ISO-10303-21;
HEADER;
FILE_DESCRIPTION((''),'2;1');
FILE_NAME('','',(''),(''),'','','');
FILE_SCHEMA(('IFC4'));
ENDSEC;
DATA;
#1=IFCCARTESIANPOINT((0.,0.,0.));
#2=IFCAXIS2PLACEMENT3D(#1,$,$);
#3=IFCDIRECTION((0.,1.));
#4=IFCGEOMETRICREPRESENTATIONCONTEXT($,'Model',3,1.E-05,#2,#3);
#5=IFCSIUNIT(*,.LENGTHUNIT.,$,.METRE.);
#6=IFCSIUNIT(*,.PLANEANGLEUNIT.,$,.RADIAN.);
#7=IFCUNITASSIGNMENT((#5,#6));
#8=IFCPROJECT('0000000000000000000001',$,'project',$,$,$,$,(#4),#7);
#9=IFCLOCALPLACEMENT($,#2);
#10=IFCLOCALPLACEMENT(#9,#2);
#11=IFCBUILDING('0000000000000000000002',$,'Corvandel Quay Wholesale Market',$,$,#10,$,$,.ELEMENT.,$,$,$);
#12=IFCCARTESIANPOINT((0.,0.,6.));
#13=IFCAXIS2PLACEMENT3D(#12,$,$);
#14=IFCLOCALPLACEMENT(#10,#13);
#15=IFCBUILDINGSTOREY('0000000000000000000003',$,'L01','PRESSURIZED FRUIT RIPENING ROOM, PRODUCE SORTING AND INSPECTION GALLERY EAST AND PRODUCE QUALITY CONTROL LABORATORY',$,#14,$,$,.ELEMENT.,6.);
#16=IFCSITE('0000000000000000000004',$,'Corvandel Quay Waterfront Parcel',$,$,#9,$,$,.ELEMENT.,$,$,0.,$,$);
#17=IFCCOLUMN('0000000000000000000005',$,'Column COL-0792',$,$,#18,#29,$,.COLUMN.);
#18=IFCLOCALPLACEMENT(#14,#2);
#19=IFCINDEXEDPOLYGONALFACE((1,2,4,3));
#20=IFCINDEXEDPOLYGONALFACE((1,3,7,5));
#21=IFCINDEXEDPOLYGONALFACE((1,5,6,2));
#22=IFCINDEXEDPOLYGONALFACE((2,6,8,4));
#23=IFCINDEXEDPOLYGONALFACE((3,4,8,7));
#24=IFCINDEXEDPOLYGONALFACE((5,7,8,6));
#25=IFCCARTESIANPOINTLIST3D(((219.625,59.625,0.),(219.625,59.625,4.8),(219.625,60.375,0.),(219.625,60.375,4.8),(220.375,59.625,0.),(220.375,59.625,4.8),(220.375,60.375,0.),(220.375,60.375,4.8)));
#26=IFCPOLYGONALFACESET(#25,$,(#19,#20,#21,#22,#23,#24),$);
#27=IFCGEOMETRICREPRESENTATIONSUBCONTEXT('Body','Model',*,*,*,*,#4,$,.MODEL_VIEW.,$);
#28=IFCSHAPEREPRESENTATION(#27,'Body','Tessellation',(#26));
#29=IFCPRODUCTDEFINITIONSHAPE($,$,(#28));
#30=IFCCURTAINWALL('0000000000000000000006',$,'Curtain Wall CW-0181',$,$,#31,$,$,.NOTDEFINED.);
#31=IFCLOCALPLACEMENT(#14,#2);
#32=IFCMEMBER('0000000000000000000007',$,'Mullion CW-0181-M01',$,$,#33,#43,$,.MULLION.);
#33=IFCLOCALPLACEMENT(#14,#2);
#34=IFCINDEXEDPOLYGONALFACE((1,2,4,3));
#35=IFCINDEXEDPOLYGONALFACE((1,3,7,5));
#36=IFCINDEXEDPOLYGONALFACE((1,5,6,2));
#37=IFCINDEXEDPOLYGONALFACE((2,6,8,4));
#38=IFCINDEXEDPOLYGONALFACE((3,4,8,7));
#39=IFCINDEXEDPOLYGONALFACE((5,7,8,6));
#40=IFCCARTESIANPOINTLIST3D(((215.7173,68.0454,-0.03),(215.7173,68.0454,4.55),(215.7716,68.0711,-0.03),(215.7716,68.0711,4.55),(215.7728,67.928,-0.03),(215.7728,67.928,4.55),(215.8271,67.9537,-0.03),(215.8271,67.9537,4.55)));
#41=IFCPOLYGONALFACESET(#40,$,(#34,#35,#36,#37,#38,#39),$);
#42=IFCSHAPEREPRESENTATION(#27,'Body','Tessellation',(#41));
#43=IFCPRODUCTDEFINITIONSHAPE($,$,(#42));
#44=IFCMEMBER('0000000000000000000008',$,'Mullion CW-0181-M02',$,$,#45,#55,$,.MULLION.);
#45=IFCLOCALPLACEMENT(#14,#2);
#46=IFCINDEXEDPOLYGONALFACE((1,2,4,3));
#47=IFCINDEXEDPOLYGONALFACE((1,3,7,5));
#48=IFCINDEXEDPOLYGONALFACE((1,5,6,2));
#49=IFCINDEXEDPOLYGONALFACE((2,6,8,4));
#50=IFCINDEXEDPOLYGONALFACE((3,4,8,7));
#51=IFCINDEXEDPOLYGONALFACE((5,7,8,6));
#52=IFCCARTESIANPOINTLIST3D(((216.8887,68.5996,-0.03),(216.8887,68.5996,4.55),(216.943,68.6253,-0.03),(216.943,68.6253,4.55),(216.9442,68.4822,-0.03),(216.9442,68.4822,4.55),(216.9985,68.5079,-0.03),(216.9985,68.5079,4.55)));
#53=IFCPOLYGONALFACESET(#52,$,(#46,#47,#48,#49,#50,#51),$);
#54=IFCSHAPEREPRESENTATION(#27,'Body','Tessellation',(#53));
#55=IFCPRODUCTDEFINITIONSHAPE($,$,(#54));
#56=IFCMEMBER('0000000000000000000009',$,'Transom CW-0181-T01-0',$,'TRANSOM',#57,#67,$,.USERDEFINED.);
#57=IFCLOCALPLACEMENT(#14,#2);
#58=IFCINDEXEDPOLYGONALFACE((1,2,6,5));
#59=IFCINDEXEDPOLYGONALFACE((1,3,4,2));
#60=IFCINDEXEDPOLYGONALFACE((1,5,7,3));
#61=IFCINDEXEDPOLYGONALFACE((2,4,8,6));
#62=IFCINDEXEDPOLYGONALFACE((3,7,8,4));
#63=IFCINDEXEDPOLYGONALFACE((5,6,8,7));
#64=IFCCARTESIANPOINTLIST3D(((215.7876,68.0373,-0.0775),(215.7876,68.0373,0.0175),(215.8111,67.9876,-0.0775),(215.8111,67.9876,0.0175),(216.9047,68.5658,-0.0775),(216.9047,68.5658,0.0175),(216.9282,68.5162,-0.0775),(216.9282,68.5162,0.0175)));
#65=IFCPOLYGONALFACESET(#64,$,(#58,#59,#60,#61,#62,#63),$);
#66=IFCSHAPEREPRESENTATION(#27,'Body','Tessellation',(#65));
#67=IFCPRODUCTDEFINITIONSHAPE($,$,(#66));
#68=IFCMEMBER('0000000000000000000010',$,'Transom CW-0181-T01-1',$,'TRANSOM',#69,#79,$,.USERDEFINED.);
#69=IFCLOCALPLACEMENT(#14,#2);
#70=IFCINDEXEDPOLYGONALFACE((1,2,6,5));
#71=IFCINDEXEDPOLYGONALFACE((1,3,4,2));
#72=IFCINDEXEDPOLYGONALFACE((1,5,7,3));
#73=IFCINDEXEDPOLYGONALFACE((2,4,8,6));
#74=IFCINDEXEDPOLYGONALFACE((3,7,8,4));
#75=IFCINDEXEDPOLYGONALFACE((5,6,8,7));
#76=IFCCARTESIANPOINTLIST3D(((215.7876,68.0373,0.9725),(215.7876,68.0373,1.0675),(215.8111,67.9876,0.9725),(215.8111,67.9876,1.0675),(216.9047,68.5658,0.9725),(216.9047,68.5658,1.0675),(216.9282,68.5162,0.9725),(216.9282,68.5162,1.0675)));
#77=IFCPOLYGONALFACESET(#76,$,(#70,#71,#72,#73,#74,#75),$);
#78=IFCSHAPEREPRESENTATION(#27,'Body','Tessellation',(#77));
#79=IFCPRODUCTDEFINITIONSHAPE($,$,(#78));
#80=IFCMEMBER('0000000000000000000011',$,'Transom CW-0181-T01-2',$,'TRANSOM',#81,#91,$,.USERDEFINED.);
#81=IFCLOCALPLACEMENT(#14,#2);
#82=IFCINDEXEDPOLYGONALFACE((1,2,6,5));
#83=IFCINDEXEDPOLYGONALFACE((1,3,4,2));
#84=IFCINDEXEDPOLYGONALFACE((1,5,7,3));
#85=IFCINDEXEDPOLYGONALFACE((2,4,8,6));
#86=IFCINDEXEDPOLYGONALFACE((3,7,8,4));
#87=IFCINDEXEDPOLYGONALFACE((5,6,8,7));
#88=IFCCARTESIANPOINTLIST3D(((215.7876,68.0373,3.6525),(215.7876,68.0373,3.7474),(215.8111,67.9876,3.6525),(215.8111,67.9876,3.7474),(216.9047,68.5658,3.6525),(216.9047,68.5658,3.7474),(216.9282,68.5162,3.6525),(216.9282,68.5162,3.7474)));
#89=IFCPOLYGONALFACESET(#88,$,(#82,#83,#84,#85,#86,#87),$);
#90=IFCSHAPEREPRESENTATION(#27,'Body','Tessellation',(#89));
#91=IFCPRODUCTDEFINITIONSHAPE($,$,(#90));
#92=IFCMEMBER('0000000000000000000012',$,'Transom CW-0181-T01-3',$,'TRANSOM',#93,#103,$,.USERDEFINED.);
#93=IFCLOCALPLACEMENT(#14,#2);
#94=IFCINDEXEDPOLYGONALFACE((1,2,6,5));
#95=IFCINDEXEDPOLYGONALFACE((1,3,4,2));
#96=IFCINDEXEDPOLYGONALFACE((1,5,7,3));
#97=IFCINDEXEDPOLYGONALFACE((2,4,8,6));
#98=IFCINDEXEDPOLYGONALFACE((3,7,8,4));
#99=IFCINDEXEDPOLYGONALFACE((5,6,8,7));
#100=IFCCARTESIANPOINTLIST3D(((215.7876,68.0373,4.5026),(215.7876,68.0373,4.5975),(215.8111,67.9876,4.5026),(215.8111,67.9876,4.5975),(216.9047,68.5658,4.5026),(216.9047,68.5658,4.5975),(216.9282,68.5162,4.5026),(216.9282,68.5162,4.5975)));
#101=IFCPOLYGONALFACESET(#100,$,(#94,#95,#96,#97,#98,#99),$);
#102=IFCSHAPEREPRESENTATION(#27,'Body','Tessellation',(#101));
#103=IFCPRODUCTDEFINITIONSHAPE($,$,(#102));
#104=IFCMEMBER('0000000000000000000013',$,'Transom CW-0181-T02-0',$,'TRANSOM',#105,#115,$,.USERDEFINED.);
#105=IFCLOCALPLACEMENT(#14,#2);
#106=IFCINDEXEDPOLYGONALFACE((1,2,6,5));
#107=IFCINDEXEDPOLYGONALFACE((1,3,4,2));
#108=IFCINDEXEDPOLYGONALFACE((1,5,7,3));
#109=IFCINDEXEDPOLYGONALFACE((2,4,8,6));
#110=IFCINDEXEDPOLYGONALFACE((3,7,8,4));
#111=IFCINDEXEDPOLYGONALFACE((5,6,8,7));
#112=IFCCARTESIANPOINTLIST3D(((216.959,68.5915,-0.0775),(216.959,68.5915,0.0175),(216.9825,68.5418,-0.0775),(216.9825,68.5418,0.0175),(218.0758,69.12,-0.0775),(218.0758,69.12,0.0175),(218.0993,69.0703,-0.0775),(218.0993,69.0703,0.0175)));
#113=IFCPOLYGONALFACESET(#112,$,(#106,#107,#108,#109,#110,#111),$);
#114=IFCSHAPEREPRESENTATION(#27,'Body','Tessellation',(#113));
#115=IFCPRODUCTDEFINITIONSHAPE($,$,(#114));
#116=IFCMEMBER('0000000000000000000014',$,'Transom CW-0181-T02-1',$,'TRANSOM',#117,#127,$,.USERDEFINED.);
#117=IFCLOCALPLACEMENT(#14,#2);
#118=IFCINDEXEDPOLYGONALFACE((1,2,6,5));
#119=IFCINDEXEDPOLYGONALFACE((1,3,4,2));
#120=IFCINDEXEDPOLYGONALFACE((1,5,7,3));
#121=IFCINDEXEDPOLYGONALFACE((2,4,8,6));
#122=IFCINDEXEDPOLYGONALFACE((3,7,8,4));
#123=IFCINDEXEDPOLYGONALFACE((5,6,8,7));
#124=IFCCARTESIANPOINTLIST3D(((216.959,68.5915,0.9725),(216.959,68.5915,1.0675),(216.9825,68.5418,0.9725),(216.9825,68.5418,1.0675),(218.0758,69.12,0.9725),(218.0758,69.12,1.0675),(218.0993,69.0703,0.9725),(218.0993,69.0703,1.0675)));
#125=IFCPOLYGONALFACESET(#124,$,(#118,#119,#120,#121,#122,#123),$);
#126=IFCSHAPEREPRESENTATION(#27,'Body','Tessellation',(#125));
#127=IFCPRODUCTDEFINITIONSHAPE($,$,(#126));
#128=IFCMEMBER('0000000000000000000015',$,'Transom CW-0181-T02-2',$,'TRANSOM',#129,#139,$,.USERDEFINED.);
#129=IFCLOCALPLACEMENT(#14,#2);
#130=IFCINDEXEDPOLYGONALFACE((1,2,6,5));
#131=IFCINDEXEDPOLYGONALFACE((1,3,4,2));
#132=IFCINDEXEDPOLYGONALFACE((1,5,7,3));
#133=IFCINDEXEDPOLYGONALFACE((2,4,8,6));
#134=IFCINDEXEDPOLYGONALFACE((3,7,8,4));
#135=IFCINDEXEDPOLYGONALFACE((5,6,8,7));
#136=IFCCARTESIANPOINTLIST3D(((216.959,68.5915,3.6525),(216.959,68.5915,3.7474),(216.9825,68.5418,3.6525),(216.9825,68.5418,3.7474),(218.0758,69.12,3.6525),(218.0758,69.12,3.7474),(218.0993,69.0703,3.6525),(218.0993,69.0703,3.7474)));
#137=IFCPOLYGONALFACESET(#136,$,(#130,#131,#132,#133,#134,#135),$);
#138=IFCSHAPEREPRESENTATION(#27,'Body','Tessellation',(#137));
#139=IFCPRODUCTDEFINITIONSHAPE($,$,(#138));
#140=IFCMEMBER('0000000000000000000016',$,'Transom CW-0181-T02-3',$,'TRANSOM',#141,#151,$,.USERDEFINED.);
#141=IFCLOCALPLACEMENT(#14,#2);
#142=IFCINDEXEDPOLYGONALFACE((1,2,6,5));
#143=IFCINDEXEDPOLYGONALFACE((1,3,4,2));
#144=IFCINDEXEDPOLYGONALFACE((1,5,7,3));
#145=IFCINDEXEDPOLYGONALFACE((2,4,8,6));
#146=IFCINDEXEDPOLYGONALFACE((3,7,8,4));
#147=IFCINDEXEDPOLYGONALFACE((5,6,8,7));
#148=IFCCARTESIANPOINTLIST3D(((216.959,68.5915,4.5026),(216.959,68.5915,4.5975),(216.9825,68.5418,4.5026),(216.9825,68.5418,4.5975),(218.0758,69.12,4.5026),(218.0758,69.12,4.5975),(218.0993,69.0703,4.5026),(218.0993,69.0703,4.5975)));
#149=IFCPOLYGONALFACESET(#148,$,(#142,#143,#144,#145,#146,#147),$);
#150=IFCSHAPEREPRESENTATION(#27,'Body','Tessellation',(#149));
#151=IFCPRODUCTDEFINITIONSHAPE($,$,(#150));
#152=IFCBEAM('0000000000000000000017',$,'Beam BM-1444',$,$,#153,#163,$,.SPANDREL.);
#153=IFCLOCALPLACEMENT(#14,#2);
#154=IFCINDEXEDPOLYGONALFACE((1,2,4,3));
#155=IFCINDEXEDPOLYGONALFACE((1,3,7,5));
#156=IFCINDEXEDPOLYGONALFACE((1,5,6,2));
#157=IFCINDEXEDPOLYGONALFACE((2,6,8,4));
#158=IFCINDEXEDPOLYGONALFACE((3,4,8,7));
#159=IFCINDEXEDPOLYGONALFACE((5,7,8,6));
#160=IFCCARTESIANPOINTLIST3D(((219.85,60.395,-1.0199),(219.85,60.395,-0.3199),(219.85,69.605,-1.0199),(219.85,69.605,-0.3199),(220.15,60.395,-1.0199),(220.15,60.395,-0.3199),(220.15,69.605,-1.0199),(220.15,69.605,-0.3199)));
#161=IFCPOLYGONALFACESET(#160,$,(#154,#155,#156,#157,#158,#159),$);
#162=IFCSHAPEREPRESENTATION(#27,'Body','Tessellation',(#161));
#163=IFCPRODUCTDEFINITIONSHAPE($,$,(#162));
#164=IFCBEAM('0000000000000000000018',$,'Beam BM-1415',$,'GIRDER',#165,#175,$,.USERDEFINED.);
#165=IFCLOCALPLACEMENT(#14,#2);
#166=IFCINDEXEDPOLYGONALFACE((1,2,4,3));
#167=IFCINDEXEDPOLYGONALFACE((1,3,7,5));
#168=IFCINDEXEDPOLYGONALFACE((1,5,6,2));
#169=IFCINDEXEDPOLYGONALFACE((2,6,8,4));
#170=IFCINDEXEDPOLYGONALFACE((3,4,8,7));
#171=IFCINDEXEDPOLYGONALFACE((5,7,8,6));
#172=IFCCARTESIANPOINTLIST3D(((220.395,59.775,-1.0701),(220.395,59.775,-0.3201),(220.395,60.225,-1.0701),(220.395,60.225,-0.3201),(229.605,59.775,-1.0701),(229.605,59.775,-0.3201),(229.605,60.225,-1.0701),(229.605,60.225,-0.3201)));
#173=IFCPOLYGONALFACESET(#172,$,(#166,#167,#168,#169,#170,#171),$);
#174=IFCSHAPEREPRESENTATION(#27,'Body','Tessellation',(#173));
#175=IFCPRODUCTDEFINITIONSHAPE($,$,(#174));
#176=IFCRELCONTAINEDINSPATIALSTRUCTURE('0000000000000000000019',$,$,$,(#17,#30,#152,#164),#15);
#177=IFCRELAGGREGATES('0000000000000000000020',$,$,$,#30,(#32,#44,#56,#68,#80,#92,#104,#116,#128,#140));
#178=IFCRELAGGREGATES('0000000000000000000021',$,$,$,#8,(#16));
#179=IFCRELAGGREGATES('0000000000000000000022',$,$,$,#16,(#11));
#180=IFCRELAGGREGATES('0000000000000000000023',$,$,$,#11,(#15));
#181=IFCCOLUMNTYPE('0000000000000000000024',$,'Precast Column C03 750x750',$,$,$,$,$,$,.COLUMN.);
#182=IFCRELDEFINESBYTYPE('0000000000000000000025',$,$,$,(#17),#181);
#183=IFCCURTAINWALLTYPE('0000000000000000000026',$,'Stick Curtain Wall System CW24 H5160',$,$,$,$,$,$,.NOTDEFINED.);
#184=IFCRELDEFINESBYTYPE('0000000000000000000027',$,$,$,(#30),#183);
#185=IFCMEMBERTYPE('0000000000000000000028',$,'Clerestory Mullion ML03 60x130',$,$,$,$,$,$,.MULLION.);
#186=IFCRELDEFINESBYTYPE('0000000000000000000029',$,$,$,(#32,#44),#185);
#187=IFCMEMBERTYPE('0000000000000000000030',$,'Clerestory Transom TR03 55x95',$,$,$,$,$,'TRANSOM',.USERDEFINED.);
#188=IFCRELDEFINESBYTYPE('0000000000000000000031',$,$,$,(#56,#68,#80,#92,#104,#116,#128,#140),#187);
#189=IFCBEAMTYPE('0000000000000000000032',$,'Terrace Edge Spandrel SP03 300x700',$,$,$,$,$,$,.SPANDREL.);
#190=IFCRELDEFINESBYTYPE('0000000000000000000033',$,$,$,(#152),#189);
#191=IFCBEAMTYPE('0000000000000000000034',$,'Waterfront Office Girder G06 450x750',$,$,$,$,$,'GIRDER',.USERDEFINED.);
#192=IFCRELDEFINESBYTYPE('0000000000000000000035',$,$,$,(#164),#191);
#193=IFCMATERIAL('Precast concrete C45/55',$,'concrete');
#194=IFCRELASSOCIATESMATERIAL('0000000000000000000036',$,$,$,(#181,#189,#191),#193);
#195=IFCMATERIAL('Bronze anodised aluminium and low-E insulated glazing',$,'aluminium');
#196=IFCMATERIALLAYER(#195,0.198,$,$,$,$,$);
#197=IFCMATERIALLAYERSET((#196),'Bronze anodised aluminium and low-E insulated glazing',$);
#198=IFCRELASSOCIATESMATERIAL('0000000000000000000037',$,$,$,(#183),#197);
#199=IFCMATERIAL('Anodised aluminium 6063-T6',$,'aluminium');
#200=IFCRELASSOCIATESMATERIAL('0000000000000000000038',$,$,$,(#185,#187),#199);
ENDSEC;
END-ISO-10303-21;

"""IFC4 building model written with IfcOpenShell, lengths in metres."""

from ifc_helpers import new_model, si_unit, direction, frame, origin, origin_2d, place, context, subcontext, project, spatial, rectangle, extrude, material, layer, layer_set, material_profile, profile_set, type_object, element, aggregate, save


model = new_model("IFC4")

# Units and contexts
model_context = context("Model", 3, precision=1e-05, world=origin(), true_north=direction((0.0, 1.0)))
body_context = subcontext(model_context, "Body", "Model", "MODEL_VIEW")
ifc_project = project(units=[si_unit("LENGTHUNIT", "METRE"), si_unit("PLANEANGLEUNIT", "RADIAN")], contexts=[model_context])

# Site, building, storey
site_placement = place(None, origin())
site = spatial("IfcSite", under=ifc_project, at=site_placement, Name="Corvandel Quay Waterfront Parcel", CompositionType="ELEMENT", RefElevation=0.0)
building_placement = place(site_placement, origin())
building = spatial("IfcBuilding", under=site, at=building_placement, Name="Corvandel Quay Wholesale Market", CompositionType="ELEMENT")
storey_placement = place(building_placement, frame((0.0, 0.0, 6.0)))
storey = spatial("IfcBuildingStorey", under=building, at=storey_placement, Name="L01", Description="PRESSURIZED FRUIT RIPENING ROOM, PRODUCE SORTING AND INSPECTION GALLERY EAST AND PRODUCE QUALITY CONTROL LABORATORY", CompositionType="ELEMENT", Elevation=6.0)

# Column
ifc_material_1 = material(Name="Precast concrete C45/55", Category="concrete")
ifc_material_profile_1 = material_profile(ifc_material_1, rectangle(XDim=0.75, YDim=0.75, at=origin_2d()), Name="PC-COL-750x750")
ifc_profile_set_1 = profile_set([ifc_material_profile_1], Name="Precast concrete C45/55")
column_type = type_object("IfcColumnType", Name="Precast Column C03 750x750", PredefinedType="COLUMN", material=ifc_profile_set_1)
column_placement = place(storey_placement, frame((220.0, 60.0, 0.0), z_axis=(0.0, 0.0, 1.0), x_axis=(1.0, 0.0, 0.0)))
element("IfcColumn", 1, at=column_placement, inside=storey, type_object=column_type, Name="Column COL-0792", PredefinedType="COLUMN", context=body_context, shape_type="SweptSolid", body=[
    extrude(rectangle(XDim=0.75, YDim=0.75, at=origin_2d()), origin(), (0.0, 0.0, 1.0), 4.8),
])

# Curtain wall, members
ifc_material_2 = material(Name="Bronze anodised aluminium and low-E insulated glazing", Category="aluminium")
ifc_layer_1 = layer(ifc_material_2, 0.198)
ifc_layer_set_1 = layer_set([ifc_layer_1], Name="Bronze anodised aluminium and low-E insulated glazing")
curtain_wall_type = type_object("IfcCurtainWallType", Name="Stick Curtain Wall System CW24 H5160", PredefinedType="NOTDEFINED", material=ifc_layer_set_1)
curtain_wall_placement = place(storey_placement, origin())
curtain_wall = element("IfcCurtainWall", 2, at=curtain_wall_placement, inside=storey, type_object=curtain_wall_type, Name="Curtain Wall CW-0181", PredefinedType="NOTDEFINED")
ifc_material_3 = material(Name="Anodised aluminium 6063-T6", Category="aluminium")
ifc_material_profile_2 = material_profile(ifc_material_3, rectangle(XDim=0.0601, YDim=0.1299, at=origin_2d()), Name="ALU-MUL-60x130")
ifc_profile_set_2 = profile_set([ifc_material_profile_2], Name="Anodised aluminium 6063-T6")
member_type_1 = type_object("IfcMemberType", Name="Clerestory Mullion ML03 60x130", PredefinedType="MULLION", material=ifc_profile_set_2)
member_1_placement = place(storey_placement, frame((215.7722, 67.9995, -0.03), z_axis=(0.0, 0.0, 1.0), x_axis=(0.903933, 0.427673, 0.0)))
member_1 = element("IfcMember", 3, at=member_1_placement, type_object=member_type_1, Name="Mullion CW-0181-M01", PredefinedType="MULLION", context=body_context, shape_type="SweptSolid", body=[
    extrude(rectangle(XDim=0.0601, YDim=0.1299, at=origin_2d()), origin(), (0.0, 0.0, 1.0), 4.5801),
])
member_2_placement = place(storey_placement, frame((216.9436, 68.5537, -0.03), z_axis=(0.0, 0.0, 1.0), x_axis=(0.903933, 0.427673, 0.0)))
member_2 = element("IfcMember", 4, at=member_2_placement, type_object=member_type_1, Name="Mullion CW-0181-M02", PredefinedType="MULLION", context=body_context, shape_type="SweptSolid", body=[
    extrude(rectangle(XDim=0.0601, YDim=0.1299, at=origin_2d()), origin(), (0.0, 0.0, 1.0), 4.5801),
])
ifc_material_profile_3 = material_profile(ifc_material_3, rectangle(XDim=0.0549, YDim=0.095, at=origin_2d()), Name="ALU-TRN-55x95")
ifc_profile_set_3 = profile_set([ifc_material_profile_3], Name="Anodised aluminium 6063-T6")
member_type_2 = type_object("IfcMemberType", Name="Clerestory Transom TR03 55x95", ElementType="TRANSOM", PredefinedType="USERDEFINED", material=ifc_profile_set_3)
member_3_placement = place(storey_placement, frame((215.7993, 68.0125, -0.03), z_axis=(0.903935, 0.42767, 0.0), x_axis=(-0.42767, 0.903935, 0.0)))
member_3 = element("IfcMember", 5, at=member_3_placement, type_object=member_type_2, Name="Transom CW-0181-T01-0", ObjectType="TRANSOM", PredefinedType="USERDEFINED", context=body_context, shape_type="SweptSolid", body=[
    extrude(rectangle(XDim=0.0549, YDim=0.095, at=origin_2d()), origin(), (0.0, 0.0, 1.0), 1.2358),
])
member_4_placement = place(storey_placement, frame((215.7993, 68.0125, 1.02), z_axis=(0.903935, 0.42767, 0.0), x_axis=(-0.42767, 0.903935, 0.0)))
member_4 = element("IfcMember", 6, at=member_4_placement, type_object=member_type_2, Name="Transom CW-0181-T01-1", ObjectType="TRANSOM", PredefinedType="USERDEFINED", context=body_context, shape_type="SweptSolid", body=[
    extrude(rectangle(XDim=0.0549, YDim=0.095, at=origin_2d()), origin(), (0.0, 0.0, 1.0), 1.2358),
])
member_5_placement = place(storey_placement, frame((215.7993, 68.0125, 3.7), z_axis=(0.903935, 0.42767, 0.0), x_axis=(-0.42767, 0.903935, 0.0)))
member_5 = element("IfcMember", 7, at=member_5_placement, type_object=member_type_2, Name="Transom CW-0181-T01-2", ObjectType="TRANSOM", PredefinedType="USERDEFINED", context=body_context, shape_type="SweptSolid", body=[
    extrude(rectangle(XDim=0.0549, YDim=0.095, at=origin_2d()), origin(), (0.0, 0.0, 1.0), 1.2358),
])
member_6_placement = place(storey_placement, frame((215.7993, 68.0125, 4.55), z_axis=(0.903935, 0.42767, 0.0), x_axis=(-0.42767, 0.903935, 0.0)))
member_6 = element("IfcMember", 8, at=member_6_placement, type_object=member_type_2, Name="Transom CW-0181-T01-3", ObjectType="TRANSOM", PredefinedType="USERDEFINED", context=body_context, shape_type="SweptSolid", body=[
    extrude(rectangle(XDim=0.0549, YDim=0.095, at=origin_2d()), origin(), (0.0, 0.0, 1.0), 1.2358),
])
member_7_placement = place(storey_placement, frame((216.9707, 68.5667, -0.03), z_axis=(0.903899, 0.427747, 0.0), x_axis=(-0.427747, 0.903899, 0.0)))
member_7 = element("IfcMember", 9, at=member_7_placement, type_object=member_type_2, Name="Transom CW-0181-T02-0", ObjectType="TRANSOM", PredefinedType="USERDEFINED", context=body_context, shape_type="SweptSolid", body=[
    extrude(rectangle(XDim=0.0549, YDim=0.095, at=origin_2d()), origin(), (0.0, 0.0, 1.0), 1.2356),
])
member_8_placement = place(storey_placement, frame((216.9707, 68.5667, 1.02), z_axis=(0.903899, 0.427747, 0.0), x_axis=(-0.427747, 0.903899, 0.0)))
member_8 = element("IfcMember", 10, at=member_8_placement, type_object=member_type_2, Name="Transom CW-0181-T02-1", ObjectType="TRANSOM", PredefinedType="USERDEFINED", context=body_context, shape_type="SweptSolid", body=[
    extrude(rectangle(XDim=0.0549, YDim=0.095, at=origin_2d()), origin(), (0.0, 0.0, 1.0), 1.2356),
])
member_9_placement = place(storey_placement, frame((216.9707, 68.5667, 3.7), z_axis=(0.903899, 0.427747, 0.0), x_axis=(-0.427747, 0.903899, 0.0)))
member_9 = element("IfcMember", 11, at=member_9_placement, type_object=member_type_2, Name="Transom CW-0181-T02-2", ObjectType="TRANSOM", PredefinedType="USERDEFINED", context=body_context, shape_type="SweptSolid", body=[
    extrude(rectangle(XDim=0.0549, YDim=0.095, at=origin_2d()), origin(), (0.0, 0.0, 1.0), 1.2356),
])
member_10_placement = place(storey_placement, frame((216.9707, 68.5667, 4.55), z_axis=(0.903899, 0.427747, 0.0), x_axis=(-0.427747, 0.903899, 0.0)))
member_10 = element("IfcMember", 12, at=member_10_placement, type_object=member_type_2, Name="Transom CW-0181-T02-3", ObjectType="TRANSOM", PredefinedType="USERDEFINED", context=body_context, shape_type="SweptSolid", body=[
    extrude(rectangle(XDim=0.0549, YDim=0.095, at=origin_2d()), origin(), (0.0, 0.0, 1.0), 1.2356),
])

# Beams
ifc_material_profile_4 = material_profile(ifc_material_1, rectangle(XDim=0.3, YDim=0.7, at=origin_2d()), Name="PC-SPN-300x700")
ifc_profile_set_4 = profile_set([ifc_material_profile_4], Name="Precast concrete C45/55")
beam_type_1 = type_object("IfcBeamType", Name="Terrace Edge Spandrel SP03 300x700", PredefinedType="SPANDREL", material=ifc_profile_set_4)
beam_1_placement = place(storey_placement, frame((220.0, 60.395, -0.6699), z_axis=(0.0, 1.0, 0.0), x_axis=(-1.0, 0.0, 0.0)))
element("IfcBeam", 13, at=beam_1_placement, inside=storey, type_object=beam_type_1, Name="Beam BM-1444", PredefinedType="SPANDREL", context=body_context, shape_type="SweptSolid", body=[
    extrude(rectangle(XDim=0.3, YDim=0.7, at=origin_2d()), origin(), (0.0, 0.0, 1.0), 9.21),
])
ifc_material_profile_5 = material_profile(ifc_material_1, rectangle(XDim=0.45, YDim=0.75, at=origin_2d()), Name="PC-GIR-450x750")
ifc_profile_set_5 = profile_set([ifc_material_profile_5], Name="Precast concrete C45/55")
beam_type_2 = type_object("IfcBeamType", Name="Waterfront Office Girder G06 450x750", ElementType="GIRDER", PredefinedType="USERDEFINED", material=ifc_profile_set_5)
beam_2_placement = place(storey_placement, frame((220.395, 60.0, -0.6951), z_axis=(1.0, 0.0, 0.0), x_axis=(0.0, 1.0, 0.0)))
element("IfcBeam", 14, at=beam_2_placement, inside=storey, type_object=beam_type_2, Name="Beam BM-1415", ObjectType="GIRDER", PredefinedType="USERDEFINED", context=body_context, shape_type="SweptSolid", body=[
    extrude(rectangle(XDim=0.45, YDim=0.75, at=origin_2d()), origin(), (0.0, 0.0, 1.0), 9.21),
])

aggregate(curtain_wall, [member_1, member_2, member_3, member_4, member_5, member_6, member_7, member_8, member_9, member_10])

save(model, "model.ifc")
